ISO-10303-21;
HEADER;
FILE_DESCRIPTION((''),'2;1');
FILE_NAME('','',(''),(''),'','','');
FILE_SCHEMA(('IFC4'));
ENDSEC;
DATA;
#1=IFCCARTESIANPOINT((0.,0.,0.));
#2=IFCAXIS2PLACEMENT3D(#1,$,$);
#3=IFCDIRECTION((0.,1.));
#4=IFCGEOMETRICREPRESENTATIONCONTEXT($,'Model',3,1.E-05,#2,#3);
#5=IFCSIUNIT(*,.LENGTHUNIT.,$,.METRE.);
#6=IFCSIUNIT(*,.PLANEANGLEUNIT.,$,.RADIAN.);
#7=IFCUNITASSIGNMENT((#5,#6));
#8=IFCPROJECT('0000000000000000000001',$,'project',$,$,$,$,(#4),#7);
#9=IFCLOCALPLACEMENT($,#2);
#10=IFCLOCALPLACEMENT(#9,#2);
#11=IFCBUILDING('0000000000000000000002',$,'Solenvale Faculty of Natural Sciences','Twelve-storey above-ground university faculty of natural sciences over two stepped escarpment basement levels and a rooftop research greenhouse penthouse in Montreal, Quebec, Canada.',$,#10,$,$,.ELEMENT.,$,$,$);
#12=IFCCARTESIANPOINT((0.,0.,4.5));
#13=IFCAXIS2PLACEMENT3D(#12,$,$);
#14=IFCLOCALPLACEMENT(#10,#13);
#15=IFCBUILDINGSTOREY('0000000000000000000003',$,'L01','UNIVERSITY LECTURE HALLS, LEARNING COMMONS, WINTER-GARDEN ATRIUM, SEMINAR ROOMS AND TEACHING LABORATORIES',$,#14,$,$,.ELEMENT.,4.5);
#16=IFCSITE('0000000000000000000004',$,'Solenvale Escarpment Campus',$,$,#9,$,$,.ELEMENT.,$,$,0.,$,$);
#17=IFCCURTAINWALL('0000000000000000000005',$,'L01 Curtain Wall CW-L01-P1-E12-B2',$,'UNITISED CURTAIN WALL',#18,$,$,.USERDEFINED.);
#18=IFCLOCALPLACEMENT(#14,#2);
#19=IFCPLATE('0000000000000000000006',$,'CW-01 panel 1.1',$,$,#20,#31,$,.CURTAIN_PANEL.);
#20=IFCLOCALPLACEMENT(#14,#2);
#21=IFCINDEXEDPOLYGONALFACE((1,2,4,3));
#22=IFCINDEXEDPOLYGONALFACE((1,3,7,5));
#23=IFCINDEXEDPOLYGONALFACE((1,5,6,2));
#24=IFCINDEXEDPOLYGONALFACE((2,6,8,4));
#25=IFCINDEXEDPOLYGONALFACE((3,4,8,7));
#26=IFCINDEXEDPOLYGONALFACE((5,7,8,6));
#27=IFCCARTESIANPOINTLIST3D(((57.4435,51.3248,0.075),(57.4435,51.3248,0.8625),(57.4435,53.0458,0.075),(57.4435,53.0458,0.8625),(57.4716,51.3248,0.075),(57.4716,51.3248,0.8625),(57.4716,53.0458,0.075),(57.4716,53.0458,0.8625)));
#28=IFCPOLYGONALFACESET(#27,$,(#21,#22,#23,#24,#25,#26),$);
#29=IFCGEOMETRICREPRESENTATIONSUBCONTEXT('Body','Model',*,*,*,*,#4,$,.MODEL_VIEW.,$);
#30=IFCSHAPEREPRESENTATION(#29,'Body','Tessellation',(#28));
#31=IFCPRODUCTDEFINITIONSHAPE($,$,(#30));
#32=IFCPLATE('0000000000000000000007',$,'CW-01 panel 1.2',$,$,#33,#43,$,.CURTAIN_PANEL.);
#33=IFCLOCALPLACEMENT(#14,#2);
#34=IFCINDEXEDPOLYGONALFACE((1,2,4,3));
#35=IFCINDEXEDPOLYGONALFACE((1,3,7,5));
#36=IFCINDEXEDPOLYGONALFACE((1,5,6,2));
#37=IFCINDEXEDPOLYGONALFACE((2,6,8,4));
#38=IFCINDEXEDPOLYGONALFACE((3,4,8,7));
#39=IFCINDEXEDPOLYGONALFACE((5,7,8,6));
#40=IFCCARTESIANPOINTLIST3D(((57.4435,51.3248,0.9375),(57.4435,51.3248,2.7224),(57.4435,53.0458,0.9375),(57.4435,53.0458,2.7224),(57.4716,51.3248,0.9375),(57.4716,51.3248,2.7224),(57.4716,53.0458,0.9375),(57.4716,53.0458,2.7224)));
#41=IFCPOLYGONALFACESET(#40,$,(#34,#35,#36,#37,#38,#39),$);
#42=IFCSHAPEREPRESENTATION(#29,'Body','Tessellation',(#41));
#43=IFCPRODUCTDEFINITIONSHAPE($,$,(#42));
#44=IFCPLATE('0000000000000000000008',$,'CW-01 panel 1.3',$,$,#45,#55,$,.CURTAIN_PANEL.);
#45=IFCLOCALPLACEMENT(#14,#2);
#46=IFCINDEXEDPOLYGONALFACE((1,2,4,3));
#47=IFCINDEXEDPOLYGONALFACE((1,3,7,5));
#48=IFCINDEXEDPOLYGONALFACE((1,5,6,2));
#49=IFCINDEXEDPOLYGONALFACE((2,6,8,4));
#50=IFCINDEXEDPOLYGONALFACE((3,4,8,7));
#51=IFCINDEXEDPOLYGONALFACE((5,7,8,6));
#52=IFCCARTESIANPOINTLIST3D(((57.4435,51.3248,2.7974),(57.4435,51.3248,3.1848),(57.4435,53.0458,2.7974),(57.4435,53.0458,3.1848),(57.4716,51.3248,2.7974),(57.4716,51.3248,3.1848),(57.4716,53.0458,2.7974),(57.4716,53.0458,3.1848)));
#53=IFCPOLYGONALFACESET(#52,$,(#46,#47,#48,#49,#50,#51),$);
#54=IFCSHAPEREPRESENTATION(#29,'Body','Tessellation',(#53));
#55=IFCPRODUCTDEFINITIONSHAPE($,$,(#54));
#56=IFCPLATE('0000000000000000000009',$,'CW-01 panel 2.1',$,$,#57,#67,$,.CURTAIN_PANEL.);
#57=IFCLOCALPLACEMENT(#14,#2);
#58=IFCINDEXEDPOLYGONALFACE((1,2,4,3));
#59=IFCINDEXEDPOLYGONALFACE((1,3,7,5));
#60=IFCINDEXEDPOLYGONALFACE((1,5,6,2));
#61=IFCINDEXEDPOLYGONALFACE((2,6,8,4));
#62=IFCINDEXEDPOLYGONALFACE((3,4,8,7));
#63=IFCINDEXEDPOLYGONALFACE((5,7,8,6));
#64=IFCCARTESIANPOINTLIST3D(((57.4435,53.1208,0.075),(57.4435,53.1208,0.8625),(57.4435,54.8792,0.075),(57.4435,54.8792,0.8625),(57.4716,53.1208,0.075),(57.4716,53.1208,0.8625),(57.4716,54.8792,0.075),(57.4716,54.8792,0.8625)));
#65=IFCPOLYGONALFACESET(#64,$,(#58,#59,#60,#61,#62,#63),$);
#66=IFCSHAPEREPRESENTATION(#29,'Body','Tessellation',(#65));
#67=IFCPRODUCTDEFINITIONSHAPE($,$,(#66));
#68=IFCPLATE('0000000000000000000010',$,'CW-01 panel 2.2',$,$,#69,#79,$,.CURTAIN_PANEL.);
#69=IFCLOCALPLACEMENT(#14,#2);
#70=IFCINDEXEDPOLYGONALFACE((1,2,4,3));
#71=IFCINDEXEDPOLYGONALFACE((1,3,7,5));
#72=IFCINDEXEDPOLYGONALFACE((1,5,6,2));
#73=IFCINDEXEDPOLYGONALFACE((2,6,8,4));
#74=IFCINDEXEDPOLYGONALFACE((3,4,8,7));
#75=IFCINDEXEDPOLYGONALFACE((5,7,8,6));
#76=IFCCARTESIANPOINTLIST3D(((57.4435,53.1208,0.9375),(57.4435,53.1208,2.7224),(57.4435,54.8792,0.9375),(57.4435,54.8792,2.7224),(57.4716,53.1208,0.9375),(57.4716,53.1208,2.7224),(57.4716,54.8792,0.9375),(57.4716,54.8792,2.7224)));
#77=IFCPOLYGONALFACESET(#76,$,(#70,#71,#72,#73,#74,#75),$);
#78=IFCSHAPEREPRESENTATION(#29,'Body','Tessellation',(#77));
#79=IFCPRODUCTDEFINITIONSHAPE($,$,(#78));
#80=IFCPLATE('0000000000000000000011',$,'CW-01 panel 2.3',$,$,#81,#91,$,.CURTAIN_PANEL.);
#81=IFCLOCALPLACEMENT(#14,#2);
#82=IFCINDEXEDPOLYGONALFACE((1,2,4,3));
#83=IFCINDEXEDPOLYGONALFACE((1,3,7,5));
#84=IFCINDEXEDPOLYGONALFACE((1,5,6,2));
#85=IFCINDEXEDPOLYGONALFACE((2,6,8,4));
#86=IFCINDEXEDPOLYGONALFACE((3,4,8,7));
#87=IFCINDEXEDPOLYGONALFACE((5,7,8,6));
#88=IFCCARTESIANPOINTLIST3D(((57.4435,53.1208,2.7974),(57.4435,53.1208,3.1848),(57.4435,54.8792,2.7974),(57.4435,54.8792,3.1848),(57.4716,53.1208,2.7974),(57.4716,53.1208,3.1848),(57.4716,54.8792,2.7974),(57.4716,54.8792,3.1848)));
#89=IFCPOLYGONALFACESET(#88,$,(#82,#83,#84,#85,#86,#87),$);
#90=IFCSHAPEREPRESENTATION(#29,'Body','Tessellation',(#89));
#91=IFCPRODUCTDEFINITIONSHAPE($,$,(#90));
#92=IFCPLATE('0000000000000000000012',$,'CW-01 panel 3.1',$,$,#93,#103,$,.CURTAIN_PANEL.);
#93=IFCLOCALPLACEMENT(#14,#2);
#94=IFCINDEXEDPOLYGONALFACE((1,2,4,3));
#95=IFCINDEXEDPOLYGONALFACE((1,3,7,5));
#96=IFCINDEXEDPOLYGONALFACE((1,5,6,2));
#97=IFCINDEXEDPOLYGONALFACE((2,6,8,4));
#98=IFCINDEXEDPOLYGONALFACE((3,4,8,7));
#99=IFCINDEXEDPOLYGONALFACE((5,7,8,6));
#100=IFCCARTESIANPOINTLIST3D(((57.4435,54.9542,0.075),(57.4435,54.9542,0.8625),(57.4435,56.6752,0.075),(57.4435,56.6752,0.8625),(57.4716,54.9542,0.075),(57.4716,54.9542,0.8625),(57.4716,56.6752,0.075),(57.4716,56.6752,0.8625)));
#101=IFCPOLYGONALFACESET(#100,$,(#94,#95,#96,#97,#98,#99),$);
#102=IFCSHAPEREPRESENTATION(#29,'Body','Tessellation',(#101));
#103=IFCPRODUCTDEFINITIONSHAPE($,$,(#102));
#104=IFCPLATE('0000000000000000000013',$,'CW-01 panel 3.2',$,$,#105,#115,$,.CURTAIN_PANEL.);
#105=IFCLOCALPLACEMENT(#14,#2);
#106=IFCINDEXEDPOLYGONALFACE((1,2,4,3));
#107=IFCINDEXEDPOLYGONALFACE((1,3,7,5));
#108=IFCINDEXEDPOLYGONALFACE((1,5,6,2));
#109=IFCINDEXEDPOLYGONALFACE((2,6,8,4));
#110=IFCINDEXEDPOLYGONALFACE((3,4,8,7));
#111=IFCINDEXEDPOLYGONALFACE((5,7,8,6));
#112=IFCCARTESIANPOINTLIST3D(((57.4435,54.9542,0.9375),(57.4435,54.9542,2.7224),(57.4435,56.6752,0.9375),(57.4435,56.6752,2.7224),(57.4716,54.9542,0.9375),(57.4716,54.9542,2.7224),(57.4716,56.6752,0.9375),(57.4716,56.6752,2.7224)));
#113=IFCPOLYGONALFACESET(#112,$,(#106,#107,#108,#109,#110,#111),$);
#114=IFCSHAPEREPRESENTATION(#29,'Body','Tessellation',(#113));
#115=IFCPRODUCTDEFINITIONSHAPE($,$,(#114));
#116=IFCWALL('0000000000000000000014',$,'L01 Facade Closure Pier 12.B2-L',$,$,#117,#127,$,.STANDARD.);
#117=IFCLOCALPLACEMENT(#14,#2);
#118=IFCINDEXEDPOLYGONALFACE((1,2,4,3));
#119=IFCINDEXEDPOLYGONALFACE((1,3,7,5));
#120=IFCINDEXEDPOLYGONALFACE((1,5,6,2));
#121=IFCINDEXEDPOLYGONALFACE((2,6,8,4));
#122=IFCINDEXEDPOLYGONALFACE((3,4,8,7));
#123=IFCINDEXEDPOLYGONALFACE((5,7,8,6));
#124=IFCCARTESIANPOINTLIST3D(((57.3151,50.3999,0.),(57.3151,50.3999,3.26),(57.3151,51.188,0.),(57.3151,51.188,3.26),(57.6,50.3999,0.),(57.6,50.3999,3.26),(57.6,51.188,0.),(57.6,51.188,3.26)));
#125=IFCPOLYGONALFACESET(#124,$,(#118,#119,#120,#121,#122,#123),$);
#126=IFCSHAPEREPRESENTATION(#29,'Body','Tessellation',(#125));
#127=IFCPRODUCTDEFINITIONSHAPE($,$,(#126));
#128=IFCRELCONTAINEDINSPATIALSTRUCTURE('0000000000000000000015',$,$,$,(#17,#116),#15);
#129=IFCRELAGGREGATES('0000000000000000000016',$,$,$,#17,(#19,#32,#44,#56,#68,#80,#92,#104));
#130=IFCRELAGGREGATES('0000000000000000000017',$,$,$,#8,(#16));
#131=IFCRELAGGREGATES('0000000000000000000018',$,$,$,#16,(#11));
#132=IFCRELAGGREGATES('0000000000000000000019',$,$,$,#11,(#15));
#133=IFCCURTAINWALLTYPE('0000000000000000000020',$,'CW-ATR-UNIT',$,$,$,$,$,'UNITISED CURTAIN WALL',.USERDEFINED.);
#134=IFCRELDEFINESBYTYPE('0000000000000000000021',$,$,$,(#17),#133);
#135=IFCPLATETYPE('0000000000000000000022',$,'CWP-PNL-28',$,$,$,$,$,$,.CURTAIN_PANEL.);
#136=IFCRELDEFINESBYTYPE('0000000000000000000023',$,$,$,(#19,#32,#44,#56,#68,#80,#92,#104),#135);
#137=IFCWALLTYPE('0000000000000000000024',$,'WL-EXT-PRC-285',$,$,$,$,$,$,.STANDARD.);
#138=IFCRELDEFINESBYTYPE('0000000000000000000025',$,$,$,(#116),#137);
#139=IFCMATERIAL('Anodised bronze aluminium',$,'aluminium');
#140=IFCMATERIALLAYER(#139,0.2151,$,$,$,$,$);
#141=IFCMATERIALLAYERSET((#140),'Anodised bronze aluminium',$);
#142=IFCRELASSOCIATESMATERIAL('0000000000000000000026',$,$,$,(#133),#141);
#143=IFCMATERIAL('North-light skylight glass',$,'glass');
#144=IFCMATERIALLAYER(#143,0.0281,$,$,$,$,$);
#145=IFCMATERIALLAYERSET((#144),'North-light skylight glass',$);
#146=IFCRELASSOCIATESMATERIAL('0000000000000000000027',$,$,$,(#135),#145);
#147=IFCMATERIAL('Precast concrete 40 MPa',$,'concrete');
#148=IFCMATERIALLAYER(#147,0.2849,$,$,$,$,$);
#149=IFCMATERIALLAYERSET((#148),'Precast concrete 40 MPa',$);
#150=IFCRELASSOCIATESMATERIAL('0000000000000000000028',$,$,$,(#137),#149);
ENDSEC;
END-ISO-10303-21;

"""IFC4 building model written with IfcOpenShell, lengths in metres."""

from ifc_helpers import new_model, si_unit, direction, frame, frame_2d, origin, origin_2d, place, context, subcontext, project, spatial, rectangle, extrude, material, layer, layer_set, type_object, element, aggregate, save


model = new_model("IFC4")

# Units and contexts
model_context = context("Model", 3, precision=1e-05, world=origin(), true_north=direction((0.0, 1.0)))
body_context = subcontext(model_context, "Body", "Model", "MODEL_VIEW")
ifc_project = project(units=[si_unit("LENGTHUNIT", "METRE"), si_unit("PLANEANGLEUNIT", "RADIAN")], contexts=[model_context])

# Site, building, storey
site_placement = place(None, origin())
site = spatial("IfcSite", under=ifc_project, at=site_placement, Name="Solenvale Escarpment Campus", CompositionType="ELEMENT", RefElevation=0.0)
building_placement = place(site_placement, origin())
building = spatial("IfcBuilding", under=site, at=building_placement, Name="Solenvale Faculty of Natural Sciences", Description="Twelve-storey above-ground university faculty of natural sciences over two stepped escarpment basement levels and a rooftop research greenhouse penthouse in Montreal, Quebec, Canada.", CompositionType="ELEMENT")
storey_placement = place(building_placement, frame((0.0, 0.0, 4.5)))
storey = spatial("IfcBuildingStorey", under=building, at=storey_placement, Name="L01", Description="UNIVERSITY LECTURE HALLS, LEARNING COMMONS, WINTER-GARDEN ATRIUM, SEMINAR ROOMS AND TEACHING LABORATORIES", CompositionType="ELEMENT", Elevation=4.5)

# Curtain wall, plates
ifc_material_1 = material(Name="Anodised bronze aluminium", Category="aluminium")
ifc_layer_1 = layer(ifc_material_1, 0.2151)
ifc_layer_set_1 = layer_set([ifc_layer_1], Name="Anodised bronze aluminium")
curtain_wall_type = type_object("IfcCurtainWallType", Name="CW-ATR-UNIT", ElementType="UNITISED CURTAIN WALL", PredefinedType="USERDEFINED", material=ifc_layer_set_1)
curtain_wall_placement = place(storey_placement, origin())
curtain_wall = element("IfcCurtainWall", 1, at=curtain_wall_placement, inside=storey, type_object=curtain_wall_type, Name="L01 Curtain Wall CW-L01-P1-E12-B2", ObjectType="UNITISED CURTAIN WALL", PredefinedType="USERDEFINED")
ifc_material_2 = material(Name="North-light skylight glass", Category="glass")
ifc_layer_2 = layer(ifc_material_2, 0.0281)
ifc_layer_set_2 = layer_set([ifc_layer_2], Name="North-light skylight glass")
plate_type = type_object("IfcPlateType", Name="CWP-PNL-28", PredefinedType="CURTAIN_PANEL", material=ifc_layer_set_2)
plate_1_placement = place(storey_placement, frame((57.4575, 52.1853, 0.075), z_axis=(0.0, 0.0, 1.0), x_axis=(0.0, 1.0, 0.0)))
plate_1 = element("IfcPlate", 2, at=plate_1_placement, type_object=plate_type, Name="CW-01 panel 1.1", PredefinedType="CURTAIN_PANEL", context=body_context, shape_type="SweptSolid", body=[
    extrude(rectangle(XDim=1.7209, YDim=0.0281, at=origin_2d()), origin(), (0.0, 0.0, 1.0), 0.7876),
])
plate_2_placement = place(storey_placement, frame((57.4575, 52.1853, 0.9375), z_axis=(0.0, 0.0, 1.0), x_axis=(0.0, 1.0, 0.0)))
plate_2 = element("IfcPlate", 3, at=plate_2_placement, type_object=plate_type, Name="CW-01 panel 1.2", PredefinedType="CURTAIN_PANEL", context=body_context, shape_type="SweptSolid", body=[
    extrude(rectangle(XDim=1.7209, YDim=0.0281, at=origin_2d()), origin(), (0.0, 0.0, 1.0), 1.7849),
])
plate_3_placement = place(storey_placement, frame((57.4575, 52.1853, 2.7974), z_axis=(0.0, 0.0, 1.0), x_axis=(0.0, 1.0, 0.0)))
plate_3 = element("IfcPlate", 4, at=plate_3_placement, type_object=plate_type, Name="CW-01 panel 1.3", PredefinedType="CURTAIN_PANEL", context=body_context, shape_type="SweptSolid", body=[
    extrude(rectangle(XDim=1.7209, YDim=0.0281, at=origin_2d()), origin(), (0.0, 0.0, 1.0), 0.3875),
])
plate_4_placement = place(storey_placement, frame((57.4575, 54.0, 0.075), z_axis=(0.0, 0.0, 1.0), x_axis=(0.0, 1.0, 0.0)))
plate_4 = element("IfcPlate", 5, at=plate_4_placement, type_object=plate_type, Name="CW-01 panel 2.1", PredefinedType="CURTAIN_PANEL", context=body_context, shape_type="SweptSolid", body=[
    extrude(rectangle(XDim=1.7583, YDim=0.0281, at=origin_2d()), origin(), (0.0, 0.0, 1.0), 0.7876),
])
plate_5_placement = place(storey_placement, frame((57.4575, 54.0, 0.9375), z_axis=(0.0, 0.0, 1.0), x_axis=(0.0, 1.0, 0.0)))
plate_5 = element("IfcPlate", 6, at=plate_5_placement, type_object=plate_type, Name="CW-01 panel 2.2", PredefinedType="CURTAIN_PANEL", context=body_context, shape_type="SweptSolid", body=[
    extrude(rectangle(XDim=1.7583, YDim=0.0281, at=origin_2d()), origin(), (0.0, 0.0, 1.0), 1.7849),
])
plate_6_placement = place(storey_placement, frame((57.4575, 54.0, 2.7974), z_axis=(0.0, 0.0, 1.0), x_axis=(0.0, 1.0, 0.0)))
plate_6 = element("IfcPlate", 7, at=plate_6_placement, type_object=plate_type, Name="CW-01 panel 2.3", PredefinedType="CURTAIN_PANEL", context=body_context, shape_type="SweptSolid", body=[
    extrude(rectangle(XDim=1.7583, YDim=0.0281, at=origin_2d()), origin(), (0.0, 0.0, 1.0), 0.3875),
])
plate_7_placement = place(storey_placement, frame((57.4575, 55.8147, 0.075), z_axis=(0.0, 0.0, 1.0), x_axis=(0.0, 1.0, 0.0)))
plate_7 = element("IfcPlate", 8, at=plate_7_placement, type_object=plate_type, Name="CW-01 panel 3.1", PredefinedType="CURTAIN_PANEL", context=body_context, shape_type="SweptSolid", body=[
    extrude(rectangle(XDim=1.7209, YDim=0.0281, at=origin_2d()), origin(), (0.0, 0.0, 1.0), 0.7876),
])
plate_8_placement = place(storey_placement, frame((57.4575, 55.8147, 0.9375), z_axis=(0.0, 0.0, 1.0), x_axis=(0.0, 1.0, 0.0)))
plate_8 = element("IfcPlate", 9, at=plate_8_placement, type_object=plate_type, Name="CW-01 panel 3.2", PredefinedType="CURTAIN_PANEL", context=body_context, shape_type="SweptSolid", body=[
    extrude(rectangle(XDim=1.7209, YDim=0.0281, at=origin_2d()), origin(), (0.0, 0.0, 1.0), 1.7849),
])
aggregate(curtain_wall, [plate_1, plate_2, plate_3, plate_4, plate_5, plate_6, plate_7, plate_8])

# Wall
ifc_material_3 = material(Name="Precast concrete 40 MPa", Category="concrete")
ifc_layer_3 = layer(ifc_material_3, 0.2849)
ifc_layer_set_3 = layer_set([ifc_layer_3], Name="Precast concrete 40 MPa")
wall_type = type_object("IfcWallType", Name="WL-EXT-PRC-285", PredefinedType="STANDARD", material=ifc_layer_set_3)
wall_placement = place(storey_placement, frame((57.4575, 50.3999, 0.0), z_axis=(0.0, 0.0, 1.0), x_axis=(0.0, 1.0, 0.0)))
element("IfcWall", 10, at=wall_placement, inside=storey, type_object=wall_type, Name="L01 Facade Closure Pier 12.B2-L", PredefinedType="STANDARD", context=body_context, shape_type="SweptSolid", body=[
    extrude(rectangle(XDim=0.7881, YDim=0.2849, at=frame_2d((0.394, 0.0))), origin(), (0.0, 0.0, 1.0), 3.26),
])

save(model, "model.ifc")
